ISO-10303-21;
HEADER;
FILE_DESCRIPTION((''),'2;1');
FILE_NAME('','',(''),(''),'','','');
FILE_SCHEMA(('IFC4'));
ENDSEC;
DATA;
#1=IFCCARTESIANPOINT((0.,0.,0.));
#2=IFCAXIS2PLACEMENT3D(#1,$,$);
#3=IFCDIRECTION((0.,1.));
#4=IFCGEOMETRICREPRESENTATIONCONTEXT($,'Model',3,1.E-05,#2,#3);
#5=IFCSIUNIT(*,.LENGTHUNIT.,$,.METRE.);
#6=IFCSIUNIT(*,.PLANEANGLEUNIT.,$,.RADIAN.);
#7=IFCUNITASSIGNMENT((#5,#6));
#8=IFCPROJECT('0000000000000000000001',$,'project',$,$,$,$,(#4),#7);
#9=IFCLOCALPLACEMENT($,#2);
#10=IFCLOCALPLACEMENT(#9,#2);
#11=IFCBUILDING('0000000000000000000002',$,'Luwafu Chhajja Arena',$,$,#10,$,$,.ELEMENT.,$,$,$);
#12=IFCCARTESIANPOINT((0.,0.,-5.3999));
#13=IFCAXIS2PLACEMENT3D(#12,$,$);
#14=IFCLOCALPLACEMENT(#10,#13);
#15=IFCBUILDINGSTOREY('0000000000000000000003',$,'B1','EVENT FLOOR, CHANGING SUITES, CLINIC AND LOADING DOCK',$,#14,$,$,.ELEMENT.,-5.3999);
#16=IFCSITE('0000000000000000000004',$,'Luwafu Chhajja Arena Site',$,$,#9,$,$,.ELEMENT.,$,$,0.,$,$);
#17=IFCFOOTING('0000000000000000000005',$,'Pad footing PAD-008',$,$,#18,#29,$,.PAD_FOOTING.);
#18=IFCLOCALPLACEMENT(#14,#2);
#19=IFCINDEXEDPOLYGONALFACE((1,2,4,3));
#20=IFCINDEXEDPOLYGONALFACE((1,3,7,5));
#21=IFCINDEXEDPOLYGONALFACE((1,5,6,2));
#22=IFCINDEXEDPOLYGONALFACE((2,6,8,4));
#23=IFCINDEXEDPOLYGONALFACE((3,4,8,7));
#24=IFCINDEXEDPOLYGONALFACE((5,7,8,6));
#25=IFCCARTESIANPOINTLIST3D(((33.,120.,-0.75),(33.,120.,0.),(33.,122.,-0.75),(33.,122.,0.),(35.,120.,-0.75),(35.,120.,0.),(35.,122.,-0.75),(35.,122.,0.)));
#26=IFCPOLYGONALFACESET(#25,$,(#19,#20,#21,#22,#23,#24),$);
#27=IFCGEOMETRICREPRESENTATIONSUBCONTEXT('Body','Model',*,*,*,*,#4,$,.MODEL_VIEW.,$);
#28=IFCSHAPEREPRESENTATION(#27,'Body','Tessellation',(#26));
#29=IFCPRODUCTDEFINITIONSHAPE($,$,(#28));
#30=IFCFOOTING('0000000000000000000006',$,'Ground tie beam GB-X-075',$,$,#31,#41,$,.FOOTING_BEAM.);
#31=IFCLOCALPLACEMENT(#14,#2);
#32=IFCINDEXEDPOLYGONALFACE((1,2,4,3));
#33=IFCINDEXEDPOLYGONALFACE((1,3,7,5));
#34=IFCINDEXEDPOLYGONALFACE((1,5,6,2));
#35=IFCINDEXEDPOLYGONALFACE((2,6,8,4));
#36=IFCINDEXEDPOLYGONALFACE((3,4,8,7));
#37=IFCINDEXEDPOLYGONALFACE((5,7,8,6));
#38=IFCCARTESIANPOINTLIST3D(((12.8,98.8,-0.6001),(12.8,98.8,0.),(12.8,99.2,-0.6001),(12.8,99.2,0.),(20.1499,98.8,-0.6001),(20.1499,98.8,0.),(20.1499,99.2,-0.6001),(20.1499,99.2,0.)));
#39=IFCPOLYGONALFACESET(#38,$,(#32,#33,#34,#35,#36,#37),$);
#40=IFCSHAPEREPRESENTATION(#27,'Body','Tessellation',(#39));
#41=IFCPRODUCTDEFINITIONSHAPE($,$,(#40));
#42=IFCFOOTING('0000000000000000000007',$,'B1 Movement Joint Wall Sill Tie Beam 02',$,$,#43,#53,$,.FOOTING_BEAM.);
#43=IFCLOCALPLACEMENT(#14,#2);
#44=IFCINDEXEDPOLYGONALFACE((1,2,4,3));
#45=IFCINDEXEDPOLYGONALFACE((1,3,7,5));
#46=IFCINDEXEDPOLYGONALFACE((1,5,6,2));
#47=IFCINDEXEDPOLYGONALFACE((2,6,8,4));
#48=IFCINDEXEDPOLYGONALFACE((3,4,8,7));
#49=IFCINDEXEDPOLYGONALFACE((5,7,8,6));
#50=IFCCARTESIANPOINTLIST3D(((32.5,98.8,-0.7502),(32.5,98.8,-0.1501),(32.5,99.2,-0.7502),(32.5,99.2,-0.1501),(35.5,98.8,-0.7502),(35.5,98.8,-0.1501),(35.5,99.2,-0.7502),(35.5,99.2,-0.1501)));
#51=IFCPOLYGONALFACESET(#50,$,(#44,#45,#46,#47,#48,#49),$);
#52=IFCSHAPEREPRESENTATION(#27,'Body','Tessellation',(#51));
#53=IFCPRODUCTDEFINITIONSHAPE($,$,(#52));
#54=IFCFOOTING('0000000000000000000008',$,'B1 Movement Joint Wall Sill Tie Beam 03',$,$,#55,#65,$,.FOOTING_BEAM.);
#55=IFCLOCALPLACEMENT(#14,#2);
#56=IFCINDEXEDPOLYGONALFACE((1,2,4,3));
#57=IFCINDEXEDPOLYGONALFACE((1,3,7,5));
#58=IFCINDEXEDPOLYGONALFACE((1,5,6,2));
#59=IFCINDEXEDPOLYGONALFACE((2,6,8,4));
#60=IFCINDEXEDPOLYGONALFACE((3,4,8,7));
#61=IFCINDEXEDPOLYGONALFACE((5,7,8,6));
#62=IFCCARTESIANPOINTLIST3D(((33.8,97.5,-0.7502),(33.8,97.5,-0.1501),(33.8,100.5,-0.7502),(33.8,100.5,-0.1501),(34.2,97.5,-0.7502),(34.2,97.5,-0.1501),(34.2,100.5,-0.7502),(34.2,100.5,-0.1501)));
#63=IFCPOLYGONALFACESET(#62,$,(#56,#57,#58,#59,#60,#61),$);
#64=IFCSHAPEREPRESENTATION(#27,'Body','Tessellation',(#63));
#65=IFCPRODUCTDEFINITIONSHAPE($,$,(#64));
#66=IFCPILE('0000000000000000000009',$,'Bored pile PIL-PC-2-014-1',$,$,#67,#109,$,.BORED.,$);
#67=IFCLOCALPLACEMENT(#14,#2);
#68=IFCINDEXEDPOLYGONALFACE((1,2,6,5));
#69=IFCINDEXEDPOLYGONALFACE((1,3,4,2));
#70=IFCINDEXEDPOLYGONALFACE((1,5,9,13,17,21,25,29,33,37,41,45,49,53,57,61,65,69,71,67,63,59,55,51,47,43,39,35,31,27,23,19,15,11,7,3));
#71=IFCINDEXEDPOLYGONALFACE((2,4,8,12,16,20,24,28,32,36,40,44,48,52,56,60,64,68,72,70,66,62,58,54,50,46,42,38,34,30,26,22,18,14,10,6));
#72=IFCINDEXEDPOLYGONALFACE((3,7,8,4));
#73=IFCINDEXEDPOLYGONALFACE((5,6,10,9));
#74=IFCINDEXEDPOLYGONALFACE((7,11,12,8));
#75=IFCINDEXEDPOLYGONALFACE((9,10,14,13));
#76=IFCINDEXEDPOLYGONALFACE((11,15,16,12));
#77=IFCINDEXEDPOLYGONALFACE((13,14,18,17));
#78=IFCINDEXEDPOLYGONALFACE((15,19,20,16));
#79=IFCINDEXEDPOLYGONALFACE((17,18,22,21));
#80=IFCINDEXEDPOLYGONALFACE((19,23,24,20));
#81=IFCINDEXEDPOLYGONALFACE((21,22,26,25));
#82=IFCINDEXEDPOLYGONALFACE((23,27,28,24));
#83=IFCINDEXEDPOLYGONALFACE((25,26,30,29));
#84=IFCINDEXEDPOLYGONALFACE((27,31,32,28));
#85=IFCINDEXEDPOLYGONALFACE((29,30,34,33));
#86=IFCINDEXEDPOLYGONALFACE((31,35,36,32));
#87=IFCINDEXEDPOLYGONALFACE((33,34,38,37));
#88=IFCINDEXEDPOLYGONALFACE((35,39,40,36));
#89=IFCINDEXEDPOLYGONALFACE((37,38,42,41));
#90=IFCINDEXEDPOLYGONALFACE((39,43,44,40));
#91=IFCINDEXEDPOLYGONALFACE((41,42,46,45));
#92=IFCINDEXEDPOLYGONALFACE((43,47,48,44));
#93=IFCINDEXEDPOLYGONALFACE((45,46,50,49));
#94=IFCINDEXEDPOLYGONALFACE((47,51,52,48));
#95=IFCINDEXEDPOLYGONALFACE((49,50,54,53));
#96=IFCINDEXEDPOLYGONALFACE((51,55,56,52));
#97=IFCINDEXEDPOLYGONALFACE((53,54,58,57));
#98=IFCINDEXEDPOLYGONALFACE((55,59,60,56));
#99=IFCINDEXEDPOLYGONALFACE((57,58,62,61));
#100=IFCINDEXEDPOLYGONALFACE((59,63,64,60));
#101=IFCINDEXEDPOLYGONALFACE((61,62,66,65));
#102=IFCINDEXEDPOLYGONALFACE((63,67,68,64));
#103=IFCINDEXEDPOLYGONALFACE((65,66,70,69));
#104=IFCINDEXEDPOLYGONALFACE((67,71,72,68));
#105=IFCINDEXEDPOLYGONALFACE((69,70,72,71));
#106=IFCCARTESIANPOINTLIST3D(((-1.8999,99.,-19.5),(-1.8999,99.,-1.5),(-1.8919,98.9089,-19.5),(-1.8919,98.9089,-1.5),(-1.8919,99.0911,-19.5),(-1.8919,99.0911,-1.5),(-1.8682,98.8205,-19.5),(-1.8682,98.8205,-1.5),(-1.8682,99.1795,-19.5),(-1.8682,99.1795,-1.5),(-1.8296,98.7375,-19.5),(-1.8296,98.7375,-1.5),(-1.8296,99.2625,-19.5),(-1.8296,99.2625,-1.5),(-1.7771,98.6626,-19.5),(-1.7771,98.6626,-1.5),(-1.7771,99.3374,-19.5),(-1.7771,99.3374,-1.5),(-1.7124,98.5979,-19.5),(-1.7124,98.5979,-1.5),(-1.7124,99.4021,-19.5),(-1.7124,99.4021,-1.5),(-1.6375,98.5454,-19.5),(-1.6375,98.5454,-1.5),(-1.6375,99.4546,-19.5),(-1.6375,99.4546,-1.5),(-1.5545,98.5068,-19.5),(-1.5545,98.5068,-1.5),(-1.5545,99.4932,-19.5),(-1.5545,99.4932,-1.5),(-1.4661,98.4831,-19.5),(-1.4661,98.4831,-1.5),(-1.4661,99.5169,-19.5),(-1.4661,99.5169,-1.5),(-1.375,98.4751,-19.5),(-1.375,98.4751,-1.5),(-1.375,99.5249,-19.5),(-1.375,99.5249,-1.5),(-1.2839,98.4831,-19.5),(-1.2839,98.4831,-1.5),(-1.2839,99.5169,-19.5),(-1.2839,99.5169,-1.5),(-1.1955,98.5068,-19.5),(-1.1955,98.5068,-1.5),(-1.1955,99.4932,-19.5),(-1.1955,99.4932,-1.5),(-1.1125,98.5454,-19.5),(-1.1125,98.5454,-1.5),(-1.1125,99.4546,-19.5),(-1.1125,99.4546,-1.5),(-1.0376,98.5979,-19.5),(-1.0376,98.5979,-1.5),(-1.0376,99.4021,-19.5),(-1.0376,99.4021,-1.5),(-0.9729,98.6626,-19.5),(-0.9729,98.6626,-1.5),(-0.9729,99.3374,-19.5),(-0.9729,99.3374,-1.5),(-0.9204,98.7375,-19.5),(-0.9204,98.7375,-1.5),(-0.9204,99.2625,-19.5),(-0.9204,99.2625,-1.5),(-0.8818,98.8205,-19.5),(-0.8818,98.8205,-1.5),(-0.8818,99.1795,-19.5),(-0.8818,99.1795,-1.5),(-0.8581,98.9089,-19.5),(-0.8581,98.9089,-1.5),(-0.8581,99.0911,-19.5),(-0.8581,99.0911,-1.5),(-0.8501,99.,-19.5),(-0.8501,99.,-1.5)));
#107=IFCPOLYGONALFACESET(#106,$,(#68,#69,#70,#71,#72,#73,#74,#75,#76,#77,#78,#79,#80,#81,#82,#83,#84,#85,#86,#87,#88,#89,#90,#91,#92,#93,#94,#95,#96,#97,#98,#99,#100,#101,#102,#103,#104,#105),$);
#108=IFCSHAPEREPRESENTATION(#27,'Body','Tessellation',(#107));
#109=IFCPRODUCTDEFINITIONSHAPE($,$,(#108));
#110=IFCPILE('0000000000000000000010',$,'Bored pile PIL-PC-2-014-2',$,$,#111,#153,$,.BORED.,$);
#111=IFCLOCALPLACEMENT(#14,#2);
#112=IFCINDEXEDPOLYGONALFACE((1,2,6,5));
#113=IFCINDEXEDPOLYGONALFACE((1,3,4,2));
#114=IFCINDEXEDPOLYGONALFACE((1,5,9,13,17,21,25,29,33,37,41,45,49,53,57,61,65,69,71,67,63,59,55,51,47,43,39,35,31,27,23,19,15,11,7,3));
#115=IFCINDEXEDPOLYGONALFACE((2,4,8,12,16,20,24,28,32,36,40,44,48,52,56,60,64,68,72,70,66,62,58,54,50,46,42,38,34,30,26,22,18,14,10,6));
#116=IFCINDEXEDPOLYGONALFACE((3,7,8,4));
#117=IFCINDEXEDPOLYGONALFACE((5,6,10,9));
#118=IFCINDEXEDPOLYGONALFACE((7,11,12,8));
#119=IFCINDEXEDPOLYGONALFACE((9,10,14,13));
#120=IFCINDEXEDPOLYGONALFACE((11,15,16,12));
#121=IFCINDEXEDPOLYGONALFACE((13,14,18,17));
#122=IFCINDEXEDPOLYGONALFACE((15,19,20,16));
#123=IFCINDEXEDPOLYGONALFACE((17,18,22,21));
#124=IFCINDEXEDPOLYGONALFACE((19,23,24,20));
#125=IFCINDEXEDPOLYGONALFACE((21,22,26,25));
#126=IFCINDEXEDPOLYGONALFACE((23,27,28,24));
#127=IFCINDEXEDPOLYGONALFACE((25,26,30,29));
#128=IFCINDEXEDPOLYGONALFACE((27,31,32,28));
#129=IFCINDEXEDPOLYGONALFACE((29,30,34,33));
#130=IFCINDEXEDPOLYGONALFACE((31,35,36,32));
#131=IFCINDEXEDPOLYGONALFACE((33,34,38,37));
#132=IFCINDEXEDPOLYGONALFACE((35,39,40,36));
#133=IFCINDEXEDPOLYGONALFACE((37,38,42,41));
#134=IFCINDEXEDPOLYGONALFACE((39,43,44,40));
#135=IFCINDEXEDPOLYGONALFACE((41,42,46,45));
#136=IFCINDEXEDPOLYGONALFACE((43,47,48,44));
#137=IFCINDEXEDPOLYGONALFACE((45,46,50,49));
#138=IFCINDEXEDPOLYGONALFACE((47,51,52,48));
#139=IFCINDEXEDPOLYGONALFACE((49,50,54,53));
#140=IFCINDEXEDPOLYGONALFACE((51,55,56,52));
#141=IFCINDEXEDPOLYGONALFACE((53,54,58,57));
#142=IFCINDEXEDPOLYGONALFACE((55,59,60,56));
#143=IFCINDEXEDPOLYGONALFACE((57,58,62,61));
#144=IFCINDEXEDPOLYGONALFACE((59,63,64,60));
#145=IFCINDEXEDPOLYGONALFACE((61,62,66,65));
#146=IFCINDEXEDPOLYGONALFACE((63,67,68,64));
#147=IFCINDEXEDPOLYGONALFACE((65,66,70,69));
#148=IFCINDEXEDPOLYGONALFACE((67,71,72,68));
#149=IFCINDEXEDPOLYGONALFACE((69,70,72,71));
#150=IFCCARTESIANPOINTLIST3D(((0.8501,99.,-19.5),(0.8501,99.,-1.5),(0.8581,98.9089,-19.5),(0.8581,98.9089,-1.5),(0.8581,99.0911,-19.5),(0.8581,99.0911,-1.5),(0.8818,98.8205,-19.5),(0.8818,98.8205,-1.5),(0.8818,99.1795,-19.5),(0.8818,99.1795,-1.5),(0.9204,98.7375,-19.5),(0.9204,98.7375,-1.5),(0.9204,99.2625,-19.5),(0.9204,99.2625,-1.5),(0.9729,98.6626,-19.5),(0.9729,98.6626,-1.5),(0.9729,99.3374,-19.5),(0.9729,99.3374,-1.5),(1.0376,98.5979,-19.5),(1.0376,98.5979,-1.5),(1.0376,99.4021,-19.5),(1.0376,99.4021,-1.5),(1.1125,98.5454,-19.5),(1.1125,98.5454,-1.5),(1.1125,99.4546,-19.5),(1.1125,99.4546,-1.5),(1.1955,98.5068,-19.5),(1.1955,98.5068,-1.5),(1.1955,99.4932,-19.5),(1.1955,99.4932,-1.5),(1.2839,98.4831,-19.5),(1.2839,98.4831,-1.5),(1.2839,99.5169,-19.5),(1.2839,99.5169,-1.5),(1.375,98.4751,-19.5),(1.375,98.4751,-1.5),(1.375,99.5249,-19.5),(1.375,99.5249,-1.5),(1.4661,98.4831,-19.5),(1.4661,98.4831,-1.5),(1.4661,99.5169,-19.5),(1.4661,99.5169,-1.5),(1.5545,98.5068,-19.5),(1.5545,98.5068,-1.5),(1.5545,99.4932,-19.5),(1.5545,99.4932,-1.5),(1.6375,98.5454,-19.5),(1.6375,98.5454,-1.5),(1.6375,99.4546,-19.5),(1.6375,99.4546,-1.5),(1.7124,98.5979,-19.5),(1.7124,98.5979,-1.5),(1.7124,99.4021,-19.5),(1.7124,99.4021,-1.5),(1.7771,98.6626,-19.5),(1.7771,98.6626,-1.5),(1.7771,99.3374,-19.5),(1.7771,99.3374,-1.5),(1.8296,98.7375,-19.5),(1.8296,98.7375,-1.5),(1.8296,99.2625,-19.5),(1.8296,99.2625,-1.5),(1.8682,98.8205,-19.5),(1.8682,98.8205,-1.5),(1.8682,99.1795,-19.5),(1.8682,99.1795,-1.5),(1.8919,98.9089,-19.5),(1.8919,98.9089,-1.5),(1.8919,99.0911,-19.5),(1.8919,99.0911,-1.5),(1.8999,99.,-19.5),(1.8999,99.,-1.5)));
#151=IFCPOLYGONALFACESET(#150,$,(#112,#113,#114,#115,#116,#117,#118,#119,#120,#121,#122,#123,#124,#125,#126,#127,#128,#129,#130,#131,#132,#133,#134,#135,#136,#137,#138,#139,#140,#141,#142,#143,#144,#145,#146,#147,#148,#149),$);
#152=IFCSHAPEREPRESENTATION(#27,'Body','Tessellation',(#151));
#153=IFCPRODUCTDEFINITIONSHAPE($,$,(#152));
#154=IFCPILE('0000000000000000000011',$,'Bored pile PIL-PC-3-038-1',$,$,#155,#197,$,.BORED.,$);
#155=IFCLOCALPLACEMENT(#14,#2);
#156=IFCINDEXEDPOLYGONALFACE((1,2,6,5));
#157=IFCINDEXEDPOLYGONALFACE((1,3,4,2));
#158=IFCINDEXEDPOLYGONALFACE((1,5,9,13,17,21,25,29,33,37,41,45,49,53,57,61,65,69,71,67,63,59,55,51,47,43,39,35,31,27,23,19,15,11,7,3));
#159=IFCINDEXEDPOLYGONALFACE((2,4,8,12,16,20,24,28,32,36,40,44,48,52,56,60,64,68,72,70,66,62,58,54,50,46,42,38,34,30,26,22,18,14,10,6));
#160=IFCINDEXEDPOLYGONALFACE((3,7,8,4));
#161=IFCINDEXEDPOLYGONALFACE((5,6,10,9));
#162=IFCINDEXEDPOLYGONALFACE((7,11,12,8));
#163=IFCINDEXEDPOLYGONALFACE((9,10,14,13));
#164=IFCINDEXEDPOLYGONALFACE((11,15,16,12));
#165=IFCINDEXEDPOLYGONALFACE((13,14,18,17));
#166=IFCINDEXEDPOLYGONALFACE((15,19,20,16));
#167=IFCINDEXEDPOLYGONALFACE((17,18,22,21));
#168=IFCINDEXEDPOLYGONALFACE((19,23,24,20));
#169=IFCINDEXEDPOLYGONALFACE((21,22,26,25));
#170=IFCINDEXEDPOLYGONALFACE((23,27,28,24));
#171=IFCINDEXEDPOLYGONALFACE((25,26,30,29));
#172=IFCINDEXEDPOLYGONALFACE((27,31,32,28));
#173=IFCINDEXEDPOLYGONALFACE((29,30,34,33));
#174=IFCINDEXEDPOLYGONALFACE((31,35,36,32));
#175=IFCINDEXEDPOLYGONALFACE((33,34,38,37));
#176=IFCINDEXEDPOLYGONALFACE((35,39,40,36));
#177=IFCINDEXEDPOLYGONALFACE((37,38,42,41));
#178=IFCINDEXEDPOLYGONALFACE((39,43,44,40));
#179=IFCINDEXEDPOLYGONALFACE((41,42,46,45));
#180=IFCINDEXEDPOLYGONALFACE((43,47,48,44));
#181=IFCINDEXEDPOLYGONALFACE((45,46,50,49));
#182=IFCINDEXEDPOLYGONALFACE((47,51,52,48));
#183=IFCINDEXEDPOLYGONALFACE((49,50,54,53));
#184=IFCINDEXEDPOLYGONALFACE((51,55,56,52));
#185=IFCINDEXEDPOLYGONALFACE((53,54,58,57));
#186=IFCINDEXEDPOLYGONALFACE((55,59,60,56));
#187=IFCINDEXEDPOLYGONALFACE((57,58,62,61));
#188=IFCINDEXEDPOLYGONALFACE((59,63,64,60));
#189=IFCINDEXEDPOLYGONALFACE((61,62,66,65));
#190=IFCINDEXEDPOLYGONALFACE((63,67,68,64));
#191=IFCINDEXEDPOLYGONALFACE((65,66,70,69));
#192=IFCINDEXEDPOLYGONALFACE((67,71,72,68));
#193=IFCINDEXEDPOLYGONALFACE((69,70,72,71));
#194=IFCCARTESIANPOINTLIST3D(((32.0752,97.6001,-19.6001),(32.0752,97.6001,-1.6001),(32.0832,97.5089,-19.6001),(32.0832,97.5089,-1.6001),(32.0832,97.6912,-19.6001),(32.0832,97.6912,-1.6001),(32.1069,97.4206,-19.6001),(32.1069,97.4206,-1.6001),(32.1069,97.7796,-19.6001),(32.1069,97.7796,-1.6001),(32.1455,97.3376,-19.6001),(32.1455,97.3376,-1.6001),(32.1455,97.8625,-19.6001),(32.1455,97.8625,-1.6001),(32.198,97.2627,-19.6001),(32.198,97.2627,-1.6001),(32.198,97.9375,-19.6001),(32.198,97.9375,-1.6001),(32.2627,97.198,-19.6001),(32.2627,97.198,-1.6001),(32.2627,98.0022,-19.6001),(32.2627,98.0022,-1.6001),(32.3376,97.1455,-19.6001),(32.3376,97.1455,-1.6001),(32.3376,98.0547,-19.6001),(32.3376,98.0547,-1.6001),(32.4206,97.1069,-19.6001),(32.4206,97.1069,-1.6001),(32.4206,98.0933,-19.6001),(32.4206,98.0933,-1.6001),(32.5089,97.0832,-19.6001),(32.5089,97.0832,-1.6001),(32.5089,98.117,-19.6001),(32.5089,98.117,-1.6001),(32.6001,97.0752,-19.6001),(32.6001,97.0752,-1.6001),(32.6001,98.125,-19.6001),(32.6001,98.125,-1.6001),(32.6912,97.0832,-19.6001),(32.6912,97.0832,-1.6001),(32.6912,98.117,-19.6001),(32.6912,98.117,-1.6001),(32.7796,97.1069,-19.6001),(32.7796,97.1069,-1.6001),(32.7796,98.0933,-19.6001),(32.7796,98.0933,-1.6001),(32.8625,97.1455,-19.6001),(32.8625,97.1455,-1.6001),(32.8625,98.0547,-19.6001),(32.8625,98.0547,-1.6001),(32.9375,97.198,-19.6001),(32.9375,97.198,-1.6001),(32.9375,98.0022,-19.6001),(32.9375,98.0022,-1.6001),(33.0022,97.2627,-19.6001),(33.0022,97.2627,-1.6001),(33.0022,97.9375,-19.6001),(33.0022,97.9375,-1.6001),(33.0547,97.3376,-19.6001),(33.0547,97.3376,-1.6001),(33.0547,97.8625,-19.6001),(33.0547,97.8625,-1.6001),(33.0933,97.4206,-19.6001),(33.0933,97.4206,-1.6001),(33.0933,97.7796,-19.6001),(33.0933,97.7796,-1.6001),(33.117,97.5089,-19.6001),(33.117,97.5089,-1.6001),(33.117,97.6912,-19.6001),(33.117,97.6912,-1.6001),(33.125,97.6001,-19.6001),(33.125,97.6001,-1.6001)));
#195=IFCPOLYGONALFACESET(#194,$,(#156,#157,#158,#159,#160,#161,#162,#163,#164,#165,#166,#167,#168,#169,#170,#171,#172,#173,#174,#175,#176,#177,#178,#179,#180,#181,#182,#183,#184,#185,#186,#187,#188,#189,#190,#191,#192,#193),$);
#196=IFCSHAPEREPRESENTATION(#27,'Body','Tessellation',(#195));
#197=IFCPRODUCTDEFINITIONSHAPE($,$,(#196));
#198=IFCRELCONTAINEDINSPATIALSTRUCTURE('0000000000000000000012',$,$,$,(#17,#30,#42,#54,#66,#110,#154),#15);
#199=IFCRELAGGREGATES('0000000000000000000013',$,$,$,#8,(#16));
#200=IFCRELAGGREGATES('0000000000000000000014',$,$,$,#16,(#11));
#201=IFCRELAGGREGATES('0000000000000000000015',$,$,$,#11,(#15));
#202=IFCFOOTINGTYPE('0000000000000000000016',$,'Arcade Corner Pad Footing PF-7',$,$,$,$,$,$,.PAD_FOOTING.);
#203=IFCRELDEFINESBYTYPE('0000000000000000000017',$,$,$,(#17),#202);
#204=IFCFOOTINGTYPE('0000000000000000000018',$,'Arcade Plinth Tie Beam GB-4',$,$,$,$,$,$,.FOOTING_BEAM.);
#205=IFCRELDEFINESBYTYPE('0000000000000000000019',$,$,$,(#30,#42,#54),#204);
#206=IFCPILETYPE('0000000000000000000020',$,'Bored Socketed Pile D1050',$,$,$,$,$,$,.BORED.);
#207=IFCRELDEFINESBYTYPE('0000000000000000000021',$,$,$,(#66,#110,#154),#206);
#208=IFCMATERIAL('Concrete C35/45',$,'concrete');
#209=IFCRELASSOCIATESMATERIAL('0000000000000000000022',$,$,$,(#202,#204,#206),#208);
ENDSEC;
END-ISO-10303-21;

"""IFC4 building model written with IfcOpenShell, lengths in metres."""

from ifc_helpers import new_model, si_unit, direction, frame, origin, origin_2d, place, context, subcontext, project, spatial, rectangle, circle, extrude, material, material_profile, profile_set, type_object, element, save


model = new_model("IFC4")

# Units and contexts
model_context = context("Model", 3, precision=1e-05, world=origin(), true_north=direction((0.0, 1.0)))
body_context = subcontext(model_context, "Body", "Model", "MODEL_VIEW")
ifc_project = project(units=[si_unit("LENGTHUNIT", "METRE"), si_unit("PLANEANGLEUNIT", "RADIAN")], contexts=[model_context])

# Site, building, storey
site_placement = place(None, origin())
site = spatial("IfcSite", under=ifc_project, at=site_placement, Name="Luwafu Chhajja Arena Site", CompositionType="ELEMENT", RefElevation=0.0)
building_placement = place(site_placement, origin())
building = spatial("IfcBuilding", under=site, at=building_placement, Name="Luwafu Chhajja Arena", CompositionType="ELEMENT")
storey_placement = place(building_placement, frame((0.0, 0.0, -5.3999)))
storey = spatial("IfcBuildingStorey", under=building, at=storey_placement, Name="B1", Description="EVENT FLOOR, CHANGING SUITES, CLINIC AND LOADING DOCK", CompositionType="ELEMENT", Elevation=-5.3999)

# Footings
ifc_material_1 = material(Name="Concrete C35/45", Category="concrete")
footing_type_1 = type_object("IfcFootingType", Name="Arcade Corner Pad Footing PF-7", PredefinedType="PAD_FOOTING", material=ifc_material_1)
footing_1_placement = place(storey_placement, frame((34.0, 121.0, -0.75), z_axis=(0.0, 0.0, 1.0), x_axis=(1.0, 0.0, 0.0)))
element("IfcFooting", 1, at=footing_1_placement, inside=storey, type_object=footing_type_1, Name="Pad footing PAD-008", PredefinedType="PAD_FOOTING", context=body_context, shape_type="SweptSolid", body=[
    extrude(rectangle(XDim=2.0, YDim=2.0, at=origin_2d()), origin(), (0.0, 0.0, 1.0), 0.75),
])
ifc_material_profile_1 = material_profile(ifc_material_1, rectangle(XDim=0.3999, YDim=0.6001, at=origin_2d()), Name="RC 400x600")
ifc_profile_set_1 = profile_set([ifc_material_profile_1], Name="Concrete C35/45")
footing_type_2 = type_object("IfcFootingType", Name="Arcade Plinth Tie Beam GB-4", PredefinedType="FOOTING_BEAM", material=ifc_profile_set_1)
footing_2_placement = place(storey_placement, frame((12.8, 99.0, -0.3), z_axis=(1.0, 0.0, 0.0), x_axis=(0.0, 1.0, 0.0)))
element("IfcFooting", 2, at=footing_2_placement, inside=storey, type_object=footing_type_2, Name="Ground tie beam GB-X-075", PredefinedType="FOOTING_BEAM", context=body_context, shape_type="SweptSolid", body=[
    extrude(rectangle(XDim=0.3999, YDim=0.6001, at=origin_2d()), origin(), (0.0, 0.0, 1.0), 7.3499),
])
for number, where, z_axis, x_axis, name in (
    (3, (32.5, 99.0, -0.4502), (1.0, 0.0, 0.0), (0.0, 1.0, 0.0), "B1 Movement Joint Wall Sill Tie Beam 02"),
    (4, (34.0, 97.5, -0.4502), (0.0, 1.0, 0.0), (-1.0, 0.0, 0.0), "B1 Movement Joint Wall Sill Tie Beam 03"),
):
    element("IfcFooting", number, at=place(storey_placement, frame(where, z_axis=z_axis, x_axis=x_axis)), inside=storey, type_object=footing_type_2, Name=name, PredefinedType="FOOTING_BEAM", context=body_context, shape_type="SweptSolid", body=[
        extrude(rectangle(XDim=0.3999, YDim=0.6001, at=origin_2d()), origin(), (0.0, 0.0, 1.0), 3.0),
    ])

# Piles
ifc_material_profile_2 = material_profile(ifc_material_1, circle(Radius=0.5249, at=origin_2d()), Name="PILE D1050")
ifc_profile_set_2 = profile_set([ifc_material_profile_2], Name="Concrete C35/45")
pile_type_1 = type_object("IfcPileType", Name="Bored Socketed Pile D1050", PredefinedType="BORED", material=ifc_profile_set_2)
for number, where, z_axis, x_axis, name in (
    (5, (-1.375, 99.0, -1.5), (0.0, 0.0, -1.0), (1.0, 0.0, 0.0), "Bored pile PIL-PC-2-014-1"),
    (6, (1.375, 99.0, -1.5), (0.0, 0.0, -1.0), (1.0, 0.0, 0.0), "Bored pile PIL-PC-2-014-2"),
    (7, (32.6001, 97.6001, -1.6001), (0.0, 0.0, -1.0), (1.0, 0.0, 0.0), "Bored pile PIL-PC-3-038-1"),
):
    element("IfcPile", number, at=place(storey_placement, frame(where, z_axis=z_axis, x_axis=x_axis)), inside=storey, type_object=pile_type_1, Name=name, PredefinedType="BORED", context=body_context, shape_type="SweptSolid", body=[
        extrude(circle(Radius=0.5249, at=origin_2d()), origin(), (0.0, 0.0, 1.0), 18.0),
    ])

save(model, "model.ifc")
